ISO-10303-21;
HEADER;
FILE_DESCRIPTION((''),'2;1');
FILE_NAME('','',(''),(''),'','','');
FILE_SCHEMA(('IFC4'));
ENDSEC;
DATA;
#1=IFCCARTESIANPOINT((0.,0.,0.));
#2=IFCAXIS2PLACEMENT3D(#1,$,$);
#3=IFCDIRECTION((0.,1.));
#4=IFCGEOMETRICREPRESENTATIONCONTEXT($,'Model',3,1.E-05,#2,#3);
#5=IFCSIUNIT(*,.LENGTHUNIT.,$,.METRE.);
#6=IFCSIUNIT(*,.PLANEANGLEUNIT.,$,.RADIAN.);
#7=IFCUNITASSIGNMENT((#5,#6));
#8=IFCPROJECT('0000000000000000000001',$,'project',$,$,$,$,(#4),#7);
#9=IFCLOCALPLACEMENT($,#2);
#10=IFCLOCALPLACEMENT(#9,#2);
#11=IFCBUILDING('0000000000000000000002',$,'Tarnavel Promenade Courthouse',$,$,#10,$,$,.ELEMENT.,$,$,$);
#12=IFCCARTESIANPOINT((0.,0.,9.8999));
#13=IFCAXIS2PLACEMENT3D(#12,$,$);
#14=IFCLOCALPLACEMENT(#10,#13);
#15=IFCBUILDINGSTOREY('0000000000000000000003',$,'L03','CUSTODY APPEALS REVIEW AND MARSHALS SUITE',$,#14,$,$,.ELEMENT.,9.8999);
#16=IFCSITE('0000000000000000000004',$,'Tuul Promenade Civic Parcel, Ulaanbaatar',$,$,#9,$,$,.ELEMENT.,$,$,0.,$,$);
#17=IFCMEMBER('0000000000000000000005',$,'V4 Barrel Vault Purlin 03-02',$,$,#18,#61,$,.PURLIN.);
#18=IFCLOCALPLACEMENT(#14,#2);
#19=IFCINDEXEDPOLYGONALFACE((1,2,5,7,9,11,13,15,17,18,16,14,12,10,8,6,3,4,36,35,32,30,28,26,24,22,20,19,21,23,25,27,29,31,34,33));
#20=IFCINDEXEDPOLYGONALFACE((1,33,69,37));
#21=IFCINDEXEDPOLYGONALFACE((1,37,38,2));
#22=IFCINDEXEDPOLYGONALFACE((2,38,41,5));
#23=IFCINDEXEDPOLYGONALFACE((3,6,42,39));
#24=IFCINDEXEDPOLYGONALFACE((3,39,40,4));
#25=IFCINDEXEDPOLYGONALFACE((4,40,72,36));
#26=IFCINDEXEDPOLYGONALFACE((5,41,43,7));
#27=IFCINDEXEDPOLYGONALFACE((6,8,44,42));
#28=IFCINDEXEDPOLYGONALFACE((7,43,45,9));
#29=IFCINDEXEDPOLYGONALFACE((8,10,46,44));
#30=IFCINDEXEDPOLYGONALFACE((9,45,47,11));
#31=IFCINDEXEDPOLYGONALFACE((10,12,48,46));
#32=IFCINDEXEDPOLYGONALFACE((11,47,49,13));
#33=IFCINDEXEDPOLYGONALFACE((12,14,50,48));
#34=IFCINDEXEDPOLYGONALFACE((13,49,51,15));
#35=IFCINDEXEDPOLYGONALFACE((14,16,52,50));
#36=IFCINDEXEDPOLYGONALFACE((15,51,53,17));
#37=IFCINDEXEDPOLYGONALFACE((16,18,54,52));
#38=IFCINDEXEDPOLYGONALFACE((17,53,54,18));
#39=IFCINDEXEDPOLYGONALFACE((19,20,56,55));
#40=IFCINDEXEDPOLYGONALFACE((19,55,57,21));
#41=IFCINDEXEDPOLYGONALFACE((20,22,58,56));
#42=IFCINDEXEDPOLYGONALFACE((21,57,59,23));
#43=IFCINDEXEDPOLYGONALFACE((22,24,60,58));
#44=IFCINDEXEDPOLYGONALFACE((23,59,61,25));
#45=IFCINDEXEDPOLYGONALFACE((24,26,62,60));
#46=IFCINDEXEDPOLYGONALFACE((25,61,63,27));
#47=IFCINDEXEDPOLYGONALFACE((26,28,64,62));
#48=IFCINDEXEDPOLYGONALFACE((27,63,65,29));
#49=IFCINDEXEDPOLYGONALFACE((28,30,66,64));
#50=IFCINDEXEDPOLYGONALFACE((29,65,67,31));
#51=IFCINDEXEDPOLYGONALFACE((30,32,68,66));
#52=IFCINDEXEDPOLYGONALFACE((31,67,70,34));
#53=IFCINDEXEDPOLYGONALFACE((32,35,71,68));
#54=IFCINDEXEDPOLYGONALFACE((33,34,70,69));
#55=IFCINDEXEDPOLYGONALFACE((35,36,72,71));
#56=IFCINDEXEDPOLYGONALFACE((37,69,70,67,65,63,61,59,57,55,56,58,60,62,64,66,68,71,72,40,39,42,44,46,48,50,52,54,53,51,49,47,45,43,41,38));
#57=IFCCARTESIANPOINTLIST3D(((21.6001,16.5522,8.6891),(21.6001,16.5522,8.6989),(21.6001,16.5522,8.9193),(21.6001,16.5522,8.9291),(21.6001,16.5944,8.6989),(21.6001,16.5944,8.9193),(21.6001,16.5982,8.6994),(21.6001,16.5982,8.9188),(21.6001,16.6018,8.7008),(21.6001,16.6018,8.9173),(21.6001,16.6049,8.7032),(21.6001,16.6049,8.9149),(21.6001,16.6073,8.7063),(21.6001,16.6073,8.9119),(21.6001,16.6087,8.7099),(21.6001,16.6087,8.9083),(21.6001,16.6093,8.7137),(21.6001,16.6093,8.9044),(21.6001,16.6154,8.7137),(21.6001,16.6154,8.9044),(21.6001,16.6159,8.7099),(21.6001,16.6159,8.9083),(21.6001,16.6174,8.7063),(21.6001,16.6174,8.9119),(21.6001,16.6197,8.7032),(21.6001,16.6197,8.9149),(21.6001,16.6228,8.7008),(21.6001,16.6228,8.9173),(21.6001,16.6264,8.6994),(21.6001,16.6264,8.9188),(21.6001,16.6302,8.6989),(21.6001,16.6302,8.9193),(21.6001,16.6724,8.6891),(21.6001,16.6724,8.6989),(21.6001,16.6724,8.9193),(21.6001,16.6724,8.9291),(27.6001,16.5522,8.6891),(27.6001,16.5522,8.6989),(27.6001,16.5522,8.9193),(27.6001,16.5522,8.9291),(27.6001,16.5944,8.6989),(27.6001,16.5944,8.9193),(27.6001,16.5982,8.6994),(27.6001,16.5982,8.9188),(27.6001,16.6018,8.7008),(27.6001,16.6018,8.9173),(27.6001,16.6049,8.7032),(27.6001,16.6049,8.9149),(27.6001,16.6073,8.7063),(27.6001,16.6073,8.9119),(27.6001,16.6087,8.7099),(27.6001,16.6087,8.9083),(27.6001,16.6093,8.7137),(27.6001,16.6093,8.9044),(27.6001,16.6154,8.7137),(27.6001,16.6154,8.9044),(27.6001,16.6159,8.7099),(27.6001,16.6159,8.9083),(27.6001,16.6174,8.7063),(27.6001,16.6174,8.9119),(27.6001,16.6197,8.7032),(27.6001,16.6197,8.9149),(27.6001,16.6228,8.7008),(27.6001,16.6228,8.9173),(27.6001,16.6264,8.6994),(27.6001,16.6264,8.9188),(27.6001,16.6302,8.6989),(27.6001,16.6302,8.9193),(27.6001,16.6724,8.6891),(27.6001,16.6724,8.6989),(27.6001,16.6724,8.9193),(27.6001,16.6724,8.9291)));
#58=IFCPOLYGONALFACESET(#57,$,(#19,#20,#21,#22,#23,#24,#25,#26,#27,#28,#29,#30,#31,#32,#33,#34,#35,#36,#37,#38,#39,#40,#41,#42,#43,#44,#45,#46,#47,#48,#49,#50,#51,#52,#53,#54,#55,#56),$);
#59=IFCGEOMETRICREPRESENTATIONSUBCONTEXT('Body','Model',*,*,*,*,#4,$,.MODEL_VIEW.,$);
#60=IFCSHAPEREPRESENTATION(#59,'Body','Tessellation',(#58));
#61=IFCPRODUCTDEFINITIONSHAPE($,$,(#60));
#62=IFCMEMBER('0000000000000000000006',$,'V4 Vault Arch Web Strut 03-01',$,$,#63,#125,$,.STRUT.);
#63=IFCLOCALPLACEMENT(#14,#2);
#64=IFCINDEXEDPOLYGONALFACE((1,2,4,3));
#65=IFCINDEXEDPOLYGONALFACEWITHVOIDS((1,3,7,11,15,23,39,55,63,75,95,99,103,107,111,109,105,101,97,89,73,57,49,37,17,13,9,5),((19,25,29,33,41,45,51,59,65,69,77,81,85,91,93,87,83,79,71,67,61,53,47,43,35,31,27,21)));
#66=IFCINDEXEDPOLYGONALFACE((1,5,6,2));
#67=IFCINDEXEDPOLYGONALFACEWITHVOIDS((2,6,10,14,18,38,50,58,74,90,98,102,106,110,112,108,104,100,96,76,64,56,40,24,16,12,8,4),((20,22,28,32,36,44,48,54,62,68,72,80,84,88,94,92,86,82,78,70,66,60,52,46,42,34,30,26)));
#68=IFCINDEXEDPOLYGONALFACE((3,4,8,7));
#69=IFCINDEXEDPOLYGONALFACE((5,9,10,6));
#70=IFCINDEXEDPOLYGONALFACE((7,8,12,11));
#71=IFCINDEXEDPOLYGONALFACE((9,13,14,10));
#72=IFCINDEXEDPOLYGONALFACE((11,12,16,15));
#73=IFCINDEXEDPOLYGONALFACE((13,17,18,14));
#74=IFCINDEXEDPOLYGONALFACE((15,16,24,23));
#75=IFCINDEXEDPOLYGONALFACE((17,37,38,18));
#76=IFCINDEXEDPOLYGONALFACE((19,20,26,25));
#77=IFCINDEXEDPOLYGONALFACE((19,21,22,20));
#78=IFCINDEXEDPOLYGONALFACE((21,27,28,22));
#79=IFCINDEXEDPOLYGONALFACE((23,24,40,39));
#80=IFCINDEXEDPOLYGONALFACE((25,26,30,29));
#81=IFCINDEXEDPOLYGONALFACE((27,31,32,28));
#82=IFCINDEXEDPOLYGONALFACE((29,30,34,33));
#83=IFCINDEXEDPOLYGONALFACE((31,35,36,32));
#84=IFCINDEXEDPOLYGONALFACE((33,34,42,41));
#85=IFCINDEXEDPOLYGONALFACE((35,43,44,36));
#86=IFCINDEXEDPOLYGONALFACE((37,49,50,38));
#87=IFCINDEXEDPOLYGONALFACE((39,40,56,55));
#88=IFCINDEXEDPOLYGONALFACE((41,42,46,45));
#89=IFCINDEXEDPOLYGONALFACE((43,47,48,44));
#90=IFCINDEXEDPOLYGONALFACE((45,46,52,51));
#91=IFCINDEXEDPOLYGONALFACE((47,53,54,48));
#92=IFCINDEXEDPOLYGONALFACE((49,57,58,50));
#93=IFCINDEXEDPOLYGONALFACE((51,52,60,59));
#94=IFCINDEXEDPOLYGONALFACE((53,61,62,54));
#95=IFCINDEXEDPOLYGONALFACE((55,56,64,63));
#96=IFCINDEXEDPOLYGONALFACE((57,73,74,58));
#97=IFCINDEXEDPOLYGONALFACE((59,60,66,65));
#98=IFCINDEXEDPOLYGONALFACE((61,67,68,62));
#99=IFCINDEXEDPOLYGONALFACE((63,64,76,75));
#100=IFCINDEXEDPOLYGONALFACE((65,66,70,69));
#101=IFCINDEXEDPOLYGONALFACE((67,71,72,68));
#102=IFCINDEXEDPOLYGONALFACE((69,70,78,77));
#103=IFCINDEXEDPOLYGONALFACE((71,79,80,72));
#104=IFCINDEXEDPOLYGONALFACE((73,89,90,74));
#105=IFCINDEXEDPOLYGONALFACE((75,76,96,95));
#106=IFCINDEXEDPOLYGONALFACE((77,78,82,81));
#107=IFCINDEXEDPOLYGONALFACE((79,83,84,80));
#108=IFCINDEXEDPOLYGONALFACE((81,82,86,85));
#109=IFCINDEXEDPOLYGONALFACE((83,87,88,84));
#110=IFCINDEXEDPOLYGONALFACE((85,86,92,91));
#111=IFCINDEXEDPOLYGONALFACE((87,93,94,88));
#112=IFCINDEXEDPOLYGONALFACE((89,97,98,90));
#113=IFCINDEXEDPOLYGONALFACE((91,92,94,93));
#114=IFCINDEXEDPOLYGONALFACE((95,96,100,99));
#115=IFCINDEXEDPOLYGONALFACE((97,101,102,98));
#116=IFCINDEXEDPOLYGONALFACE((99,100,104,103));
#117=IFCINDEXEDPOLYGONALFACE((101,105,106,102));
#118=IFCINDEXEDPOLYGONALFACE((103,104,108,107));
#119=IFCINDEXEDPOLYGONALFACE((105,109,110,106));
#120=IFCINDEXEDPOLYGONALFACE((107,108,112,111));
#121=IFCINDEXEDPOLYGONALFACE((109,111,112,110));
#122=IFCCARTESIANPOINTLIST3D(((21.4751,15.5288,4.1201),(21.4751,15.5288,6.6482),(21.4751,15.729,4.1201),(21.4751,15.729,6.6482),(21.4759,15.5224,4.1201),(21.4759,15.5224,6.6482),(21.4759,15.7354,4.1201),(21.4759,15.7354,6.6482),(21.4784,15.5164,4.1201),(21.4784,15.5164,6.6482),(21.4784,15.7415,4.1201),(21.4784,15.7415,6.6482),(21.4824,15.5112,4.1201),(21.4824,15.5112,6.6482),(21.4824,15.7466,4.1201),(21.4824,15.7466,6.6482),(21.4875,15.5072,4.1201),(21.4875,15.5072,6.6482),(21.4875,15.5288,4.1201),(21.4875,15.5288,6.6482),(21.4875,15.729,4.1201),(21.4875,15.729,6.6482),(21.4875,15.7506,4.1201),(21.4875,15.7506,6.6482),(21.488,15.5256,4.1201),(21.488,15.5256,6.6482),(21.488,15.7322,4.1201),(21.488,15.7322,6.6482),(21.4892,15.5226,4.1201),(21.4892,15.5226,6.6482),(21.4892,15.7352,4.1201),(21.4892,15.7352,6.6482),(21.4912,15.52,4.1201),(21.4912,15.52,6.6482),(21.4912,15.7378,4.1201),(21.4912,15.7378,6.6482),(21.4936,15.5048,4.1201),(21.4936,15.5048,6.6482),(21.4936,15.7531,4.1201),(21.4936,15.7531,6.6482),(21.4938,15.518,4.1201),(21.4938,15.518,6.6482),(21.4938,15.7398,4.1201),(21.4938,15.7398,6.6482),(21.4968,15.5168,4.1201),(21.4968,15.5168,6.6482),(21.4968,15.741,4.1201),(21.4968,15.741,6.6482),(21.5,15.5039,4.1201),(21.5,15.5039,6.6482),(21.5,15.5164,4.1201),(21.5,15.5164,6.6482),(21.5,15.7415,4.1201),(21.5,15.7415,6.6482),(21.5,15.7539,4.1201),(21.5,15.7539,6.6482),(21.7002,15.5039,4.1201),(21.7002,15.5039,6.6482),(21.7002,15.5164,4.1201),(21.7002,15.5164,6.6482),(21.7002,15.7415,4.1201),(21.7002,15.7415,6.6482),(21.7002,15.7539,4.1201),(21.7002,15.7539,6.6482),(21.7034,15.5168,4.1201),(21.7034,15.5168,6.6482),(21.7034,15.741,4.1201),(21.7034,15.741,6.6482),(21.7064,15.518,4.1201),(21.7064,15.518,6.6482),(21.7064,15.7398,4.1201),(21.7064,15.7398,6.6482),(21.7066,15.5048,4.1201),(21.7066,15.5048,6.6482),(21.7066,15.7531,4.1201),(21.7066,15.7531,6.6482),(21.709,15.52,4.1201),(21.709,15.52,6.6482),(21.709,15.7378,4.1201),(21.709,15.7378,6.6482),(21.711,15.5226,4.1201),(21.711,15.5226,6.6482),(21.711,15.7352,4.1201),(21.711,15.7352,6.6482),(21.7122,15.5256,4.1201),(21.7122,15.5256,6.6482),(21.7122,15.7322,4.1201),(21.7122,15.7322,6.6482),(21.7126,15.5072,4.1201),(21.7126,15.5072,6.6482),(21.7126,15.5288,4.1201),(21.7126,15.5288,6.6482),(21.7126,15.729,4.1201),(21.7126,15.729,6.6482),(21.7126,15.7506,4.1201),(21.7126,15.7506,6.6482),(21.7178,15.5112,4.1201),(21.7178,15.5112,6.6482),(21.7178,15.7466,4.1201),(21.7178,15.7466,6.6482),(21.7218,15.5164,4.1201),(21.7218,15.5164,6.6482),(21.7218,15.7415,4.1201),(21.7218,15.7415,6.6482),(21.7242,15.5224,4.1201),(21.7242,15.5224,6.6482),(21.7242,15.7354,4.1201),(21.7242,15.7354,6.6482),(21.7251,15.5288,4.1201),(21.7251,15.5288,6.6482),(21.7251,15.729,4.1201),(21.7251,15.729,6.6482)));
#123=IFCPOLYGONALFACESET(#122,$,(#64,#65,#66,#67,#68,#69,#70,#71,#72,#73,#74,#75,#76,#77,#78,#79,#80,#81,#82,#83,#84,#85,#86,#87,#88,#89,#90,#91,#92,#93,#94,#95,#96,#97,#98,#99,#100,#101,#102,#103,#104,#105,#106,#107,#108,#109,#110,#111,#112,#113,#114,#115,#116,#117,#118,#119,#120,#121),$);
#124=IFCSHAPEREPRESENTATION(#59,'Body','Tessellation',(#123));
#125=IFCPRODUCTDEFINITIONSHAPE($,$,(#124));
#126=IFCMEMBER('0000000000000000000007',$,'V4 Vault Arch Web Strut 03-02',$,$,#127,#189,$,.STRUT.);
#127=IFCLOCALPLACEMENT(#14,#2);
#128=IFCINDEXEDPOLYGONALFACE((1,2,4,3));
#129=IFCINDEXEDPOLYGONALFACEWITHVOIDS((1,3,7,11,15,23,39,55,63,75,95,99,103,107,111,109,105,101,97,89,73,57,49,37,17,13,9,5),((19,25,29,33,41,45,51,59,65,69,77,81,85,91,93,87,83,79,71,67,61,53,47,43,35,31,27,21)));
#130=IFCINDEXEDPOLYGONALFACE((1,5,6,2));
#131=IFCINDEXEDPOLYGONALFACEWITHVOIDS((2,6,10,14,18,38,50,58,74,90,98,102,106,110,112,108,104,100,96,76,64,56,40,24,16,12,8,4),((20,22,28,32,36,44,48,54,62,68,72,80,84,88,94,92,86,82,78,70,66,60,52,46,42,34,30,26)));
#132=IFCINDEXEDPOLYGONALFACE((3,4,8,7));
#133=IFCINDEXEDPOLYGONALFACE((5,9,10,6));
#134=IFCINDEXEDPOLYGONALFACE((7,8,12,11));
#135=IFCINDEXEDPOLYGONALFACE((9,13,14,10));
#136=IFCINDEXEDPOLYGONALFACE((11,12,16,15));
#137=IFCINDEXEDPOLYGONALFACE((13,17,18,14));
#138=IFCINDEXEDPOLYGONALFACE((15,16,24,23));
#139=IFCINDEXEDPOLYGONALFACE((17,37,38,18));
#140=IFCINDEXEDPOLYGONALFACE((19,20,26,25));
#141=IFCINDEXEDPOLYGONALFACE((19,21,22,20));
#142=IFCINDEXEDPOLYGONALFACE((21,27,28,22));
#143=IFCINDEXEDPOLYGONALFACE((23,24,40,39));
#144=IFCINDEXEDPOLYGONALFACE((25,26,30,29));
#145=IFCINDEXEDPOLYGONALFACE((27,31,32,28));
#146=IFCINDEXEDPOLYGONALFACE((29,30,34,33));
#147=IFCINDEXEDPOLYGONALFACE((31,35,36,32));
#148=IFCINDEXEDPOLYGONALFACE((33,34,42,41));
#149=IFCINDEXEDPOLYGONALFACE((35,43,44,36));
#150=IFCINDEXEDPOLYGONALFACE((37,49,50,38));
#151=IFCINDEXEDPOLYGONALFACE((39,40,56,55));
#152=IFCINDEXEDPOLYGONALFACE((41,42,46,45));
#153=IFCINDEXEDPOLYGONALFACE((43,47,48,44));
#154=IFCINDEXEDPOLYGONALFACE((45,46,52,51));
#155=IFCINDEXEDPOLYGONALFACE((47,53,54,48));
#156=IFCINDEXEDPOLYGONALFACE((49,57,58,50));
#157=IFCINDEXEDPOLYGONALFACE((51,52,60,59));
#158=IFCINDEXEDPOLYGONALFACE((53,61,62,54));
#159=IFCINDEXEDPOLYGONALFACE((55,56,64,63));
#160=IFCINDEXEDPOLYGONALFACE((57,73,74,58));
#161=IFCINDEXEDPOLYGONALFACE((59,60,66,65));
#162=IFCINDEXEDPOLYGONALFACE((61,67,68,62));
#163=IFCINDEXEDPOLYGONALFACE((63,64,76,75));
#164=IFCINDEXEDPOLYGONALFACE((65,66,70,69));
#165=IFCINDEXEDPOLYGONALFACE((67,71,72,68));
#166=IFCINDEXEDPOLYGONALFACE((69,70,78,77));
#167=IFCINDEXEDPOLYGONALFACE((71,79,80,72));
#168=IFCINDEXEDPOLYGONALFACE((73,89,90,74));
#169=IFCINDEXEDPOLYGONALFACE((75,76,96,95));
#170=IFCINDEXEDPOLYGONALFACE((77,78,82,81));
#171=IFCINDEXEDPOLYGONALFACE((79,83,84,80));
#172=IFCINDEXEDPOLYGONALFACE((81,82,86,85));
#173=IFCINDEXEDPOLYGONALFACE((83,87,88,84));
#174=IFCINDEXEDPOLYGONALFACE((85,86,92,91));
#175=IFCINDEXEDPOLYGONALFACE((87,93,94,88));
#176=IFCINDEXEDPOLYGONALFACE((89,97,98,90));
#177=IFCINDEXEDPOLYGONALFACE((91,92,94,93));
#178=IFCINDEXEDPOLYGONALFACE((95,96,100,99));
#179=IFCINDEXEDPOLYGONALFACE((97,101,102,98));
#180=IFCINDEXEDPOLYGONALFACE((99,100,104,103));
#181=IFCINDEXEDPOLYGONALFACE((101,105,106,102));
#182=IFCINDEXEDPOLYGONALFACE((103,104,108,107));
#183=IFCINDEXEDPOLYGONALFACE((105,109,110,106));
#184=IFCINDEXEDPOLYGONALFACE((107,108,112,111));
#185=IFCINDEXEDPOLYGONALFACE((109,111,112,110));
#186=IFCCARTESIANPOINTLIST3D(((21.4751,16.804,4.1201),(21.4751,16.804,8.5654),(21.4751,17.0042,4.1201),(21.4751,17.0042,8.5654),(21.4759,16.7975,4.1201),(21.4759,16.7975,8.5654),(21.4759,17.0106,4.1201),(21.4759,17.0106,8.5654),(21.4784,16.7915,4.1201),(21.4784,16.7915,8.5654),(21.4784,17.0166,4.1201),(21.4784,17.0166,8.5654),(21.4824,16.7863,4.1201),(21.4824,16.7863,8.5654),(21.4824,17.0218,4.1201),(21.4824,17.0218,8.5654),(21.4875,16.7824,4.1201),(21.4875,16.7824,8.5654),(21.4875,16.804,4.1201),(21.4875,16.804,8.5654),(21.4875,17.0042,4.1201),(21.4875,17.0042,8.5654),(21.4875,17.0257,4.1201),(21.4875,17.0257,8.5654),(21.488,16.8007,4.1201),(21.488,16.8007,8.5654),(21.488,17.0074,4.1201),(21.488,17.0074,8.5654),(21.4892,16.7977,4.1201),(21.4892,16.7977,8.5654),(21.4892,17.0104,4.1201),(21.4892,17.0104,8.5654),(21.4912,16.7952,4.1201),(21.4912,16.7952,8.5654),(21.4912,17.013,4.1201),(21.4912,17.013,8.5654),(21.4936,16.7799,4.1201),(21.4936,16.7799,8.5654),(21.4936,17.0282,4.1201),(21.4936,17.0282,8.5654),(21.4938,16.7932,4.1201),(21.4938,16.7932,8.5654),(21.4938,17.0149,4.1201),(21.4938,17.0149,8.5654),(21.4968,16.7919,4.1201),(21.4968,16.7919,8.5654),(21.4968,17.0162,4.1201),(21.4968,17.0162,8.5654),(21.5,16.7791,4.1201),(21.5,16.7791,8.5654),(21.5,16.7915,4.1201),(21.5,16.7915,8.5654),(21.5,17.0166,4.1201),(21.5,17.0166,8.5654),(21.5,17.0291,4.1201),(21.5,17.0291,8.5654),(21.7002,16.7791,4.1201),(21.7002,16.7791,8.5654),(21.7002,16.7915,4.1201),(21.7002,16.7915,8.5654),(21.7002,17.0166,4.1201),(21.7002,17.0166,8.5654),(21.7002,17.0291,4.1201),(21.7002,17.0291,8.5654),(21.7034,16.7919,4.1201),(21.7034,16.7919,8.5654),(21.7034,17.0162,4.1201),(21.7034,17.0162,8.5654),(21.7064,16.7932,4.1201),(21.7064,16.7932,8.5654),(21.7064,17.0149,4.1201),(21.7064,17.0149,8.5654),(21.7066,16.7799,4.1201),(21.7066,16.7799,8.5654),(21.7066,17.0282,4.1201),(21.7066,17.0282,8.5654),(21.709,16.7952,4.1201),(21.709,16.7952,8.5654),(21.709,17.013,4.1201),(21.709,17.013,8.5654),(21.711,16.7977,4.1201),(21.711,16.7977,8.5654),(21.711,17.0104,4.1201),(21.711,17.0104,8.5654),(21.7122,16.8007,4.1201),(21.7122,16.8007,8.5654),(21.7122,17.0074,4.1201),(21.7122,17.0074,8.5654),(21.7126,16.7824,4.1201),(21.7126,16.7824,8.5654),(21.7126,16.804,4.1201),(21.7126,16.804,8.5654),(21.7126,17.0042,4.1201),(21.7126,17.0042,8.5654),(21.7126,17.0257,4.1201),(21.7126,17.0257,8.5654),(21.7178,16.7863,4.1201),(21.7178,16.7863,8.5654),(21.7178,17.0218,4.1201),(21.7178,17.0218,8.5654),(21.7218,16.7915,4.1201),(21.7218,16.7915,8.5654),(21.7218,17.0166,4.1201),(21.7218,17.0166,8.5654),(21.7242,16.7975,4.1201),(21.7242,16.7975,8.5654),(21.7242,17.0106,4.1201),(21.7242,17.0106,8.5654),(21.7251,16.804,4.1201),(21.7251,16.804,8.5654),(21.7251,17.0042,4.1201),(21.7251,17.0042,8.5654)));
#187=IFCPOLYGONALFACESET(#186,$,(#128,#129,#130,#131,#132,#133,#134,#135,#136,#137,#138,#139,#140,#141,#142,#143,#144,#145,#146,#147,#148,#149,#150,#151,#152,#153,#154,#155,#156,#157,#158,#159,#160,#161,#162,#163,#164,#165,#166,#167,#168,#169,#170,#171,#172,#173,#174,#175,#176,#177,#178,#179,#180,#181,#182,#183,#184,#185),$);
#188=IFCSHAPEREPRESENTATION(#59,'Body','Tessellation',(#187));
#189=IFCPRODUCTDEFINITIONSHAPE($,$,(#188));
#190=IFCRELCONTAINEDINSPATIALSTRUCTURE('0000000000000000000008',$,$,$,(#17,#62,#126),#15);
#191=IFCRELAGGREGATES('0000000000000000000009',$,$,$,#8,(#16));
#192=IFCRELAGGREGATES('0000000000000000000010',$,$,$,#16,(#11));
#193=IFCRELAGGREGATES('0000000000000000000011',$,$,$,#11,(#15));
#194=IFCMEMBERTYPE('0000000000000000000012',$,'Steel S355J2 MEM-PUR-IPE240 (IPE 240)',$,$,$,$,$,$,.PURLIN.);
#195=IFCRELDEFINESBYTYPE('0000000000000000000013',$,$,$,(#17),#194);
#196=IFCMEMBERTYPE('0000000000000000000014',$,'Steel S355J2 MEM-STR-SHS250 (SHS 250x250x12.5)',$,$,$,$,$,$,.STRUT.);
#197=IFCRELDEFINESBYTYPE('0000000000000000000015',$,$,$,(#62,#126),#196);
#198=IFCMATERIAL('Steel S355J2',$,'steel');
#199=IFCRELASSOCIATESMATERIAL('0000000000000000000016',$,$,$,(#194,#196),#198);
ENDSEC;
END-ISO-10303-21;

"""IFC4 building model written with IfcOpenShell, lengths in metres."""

from ifc_helpers import new_model, si_unit, direction, frame, origin, origin_2d, place, context, subcontext, project, spatial, hollow_rectangle, i_section, extrude, material, material_profile, profile_set, type_object, element, save


model = new_model("IFC4")

# Units and contexts
model_context = context("Model", 3, precision=1e-05, world=origin(), true_north=direction((0.0, 1.0)))
body_context = subcontext(model_context, "Body", "Model", "MODEL_VIEW")
ifc_project = project(units=[si_unit("LENGTHUNIT", "METRE"), si_unit("PLANEANGLEUNIT", "RADIAN")], contexts=[model_context])

# Site, building, storey
site_placement = place(None, origin())
site = spatial("IfcSite", under=ifc_project, at=site_placement, Name="Tuul Promenade Civic Parcel, Ulaanbaatar", CompositionType="ELEMENT", RefElevation=0.0)
building_placement = place(site_placement, origin())
building = spatial("IfcBuilding", under=site, at=building_placement, Name="Tarnavel Promenade Courthouse", CompositionType="ELEMENT")
storey_placement = place(building_placement, frame((0.0, 0.0, 9.8999)))
storey = spatial("IfcBuildingStorey", under=building, at=storey_placement, Name="L03", Description="CUSTODY APPEALS REVIEW AND MARSHALS SUITE", CompositionType="ELEMENT", Elevation=9.8999)

# Shared definitions
ifc_material_1 = material(Name="Steel S355J2", Category="steel")

# Members
ifc_material_profile_1 = material_profile(ifc_material_1, i_section(OverallWidth=0.1201, OverallDepth=0.24, WebThickness=0.0061, FlangeThickness=0.0098, FilletRadius=0.0149, at=origin_2d()), Name="IPE 240")
ifc_profile_set_1 = profile_set([ifc_material_profile_1], Name="Steel S355J2")
member_type_1 = type_object("IfcMemberType", Name="Steel S355J2 MEM-PUR-IPE240 (IPE 240)", PredefinedType="PURLIN", material=ifc_profile_set_1)
for number, where, z_axis, x_axis, name in (
    (1, (21.6001, 16.6123, 8.8091), (1.0, 0.0, 0.0), (0.0, 1.0, 0.0), "V4 Barrel Vault Purlin 03-02"),
):
    element("IfcMember", number, at=place(storey_placement, frame(where, z_axis=z_axis, x_axis=x_axis)), inside=storey, type_object=member_type_1, Name=name, PredefinedType="PURLIN", context=body_context, shape_type="SweptSolid", body=[
        extrude(i_section(OverallWidth=0.1201, OverallDepth=0.24, WebThickness=0.0061, FlangeThickness=0.0098, FilletRadius=0.0149, at=origin_2d()), origin(), (0.0, 0.0, 1.0), 6.0),
    ])
ifc_material_profile_2 = material_profile(ifc_material_1, hollow_rectangle(XDim=0.25, YDim=0.25, WallThickness=0.0125, InnerFilletRadius=0.0125, OuterFilletRadius=0.0249, at=origin_2d()), Name="SHS 250x250x12.5")
ifc_profile_set_2 = profile_set([ifc_material_profile_2], Name="Steel S355J2")
member_type_2 = type_object("IfcMemberType", Name="Steel S355J2 MEM-STR-SHS250 (SHS 250x250x12.5)", PredefinedType="STRUT", material=ifc_profile_set_2)
member_1_placement = place(storey_placement, frame((21.6001, 15.6289, 4.1201), z_axis=(0.0, 0.0, 1.0), x_axis=(1.0, 0.0, 0.0)))
element("IfcMember", 2, at=member_1_placement, inside=storey, type_object=member_type_2, Name="V4 Vault Arch Web Strut 03-01", PredefinedType="STRUT", context=body_context, shape_type="SweptSolid", body=[
    extrude(hollow_rectangle(XDim=0.25, YDim=0.25, WallThickness=0.0125, InnerFilletRadius=0.0125, OuterFilletRadius=0.0249, at=origin_2d()), origin(), (0.0, 0.0, 1.0), 2.5281),
])
member_2_placement = place(storey_placement, frame((21.6001, 16.9041, 4.1201), z_axis=(0.0, 0.0, 1.0), x_axis=(1.0, 0.0, 0.0)))
element("IfcMember", 3, at=member_2_placement, inside=storey, type_object=member_type_2, Name="V4 Vault Arch Web Strut 03-02", PredefinedType="STRUT", context=body_context, shape_type="SweptSolid", body=[
    extrude(hollow_rectangle(XDim=0.25, YDim=0.25, WallThickness=0.0125, InnerFilletRadius=0.0125, OuterFilletRadius=0.0249, at=origin_2d()), origin(), (0.0, 0.0, 1.0), 4.4453),
])

save(model, "model.ifc")
